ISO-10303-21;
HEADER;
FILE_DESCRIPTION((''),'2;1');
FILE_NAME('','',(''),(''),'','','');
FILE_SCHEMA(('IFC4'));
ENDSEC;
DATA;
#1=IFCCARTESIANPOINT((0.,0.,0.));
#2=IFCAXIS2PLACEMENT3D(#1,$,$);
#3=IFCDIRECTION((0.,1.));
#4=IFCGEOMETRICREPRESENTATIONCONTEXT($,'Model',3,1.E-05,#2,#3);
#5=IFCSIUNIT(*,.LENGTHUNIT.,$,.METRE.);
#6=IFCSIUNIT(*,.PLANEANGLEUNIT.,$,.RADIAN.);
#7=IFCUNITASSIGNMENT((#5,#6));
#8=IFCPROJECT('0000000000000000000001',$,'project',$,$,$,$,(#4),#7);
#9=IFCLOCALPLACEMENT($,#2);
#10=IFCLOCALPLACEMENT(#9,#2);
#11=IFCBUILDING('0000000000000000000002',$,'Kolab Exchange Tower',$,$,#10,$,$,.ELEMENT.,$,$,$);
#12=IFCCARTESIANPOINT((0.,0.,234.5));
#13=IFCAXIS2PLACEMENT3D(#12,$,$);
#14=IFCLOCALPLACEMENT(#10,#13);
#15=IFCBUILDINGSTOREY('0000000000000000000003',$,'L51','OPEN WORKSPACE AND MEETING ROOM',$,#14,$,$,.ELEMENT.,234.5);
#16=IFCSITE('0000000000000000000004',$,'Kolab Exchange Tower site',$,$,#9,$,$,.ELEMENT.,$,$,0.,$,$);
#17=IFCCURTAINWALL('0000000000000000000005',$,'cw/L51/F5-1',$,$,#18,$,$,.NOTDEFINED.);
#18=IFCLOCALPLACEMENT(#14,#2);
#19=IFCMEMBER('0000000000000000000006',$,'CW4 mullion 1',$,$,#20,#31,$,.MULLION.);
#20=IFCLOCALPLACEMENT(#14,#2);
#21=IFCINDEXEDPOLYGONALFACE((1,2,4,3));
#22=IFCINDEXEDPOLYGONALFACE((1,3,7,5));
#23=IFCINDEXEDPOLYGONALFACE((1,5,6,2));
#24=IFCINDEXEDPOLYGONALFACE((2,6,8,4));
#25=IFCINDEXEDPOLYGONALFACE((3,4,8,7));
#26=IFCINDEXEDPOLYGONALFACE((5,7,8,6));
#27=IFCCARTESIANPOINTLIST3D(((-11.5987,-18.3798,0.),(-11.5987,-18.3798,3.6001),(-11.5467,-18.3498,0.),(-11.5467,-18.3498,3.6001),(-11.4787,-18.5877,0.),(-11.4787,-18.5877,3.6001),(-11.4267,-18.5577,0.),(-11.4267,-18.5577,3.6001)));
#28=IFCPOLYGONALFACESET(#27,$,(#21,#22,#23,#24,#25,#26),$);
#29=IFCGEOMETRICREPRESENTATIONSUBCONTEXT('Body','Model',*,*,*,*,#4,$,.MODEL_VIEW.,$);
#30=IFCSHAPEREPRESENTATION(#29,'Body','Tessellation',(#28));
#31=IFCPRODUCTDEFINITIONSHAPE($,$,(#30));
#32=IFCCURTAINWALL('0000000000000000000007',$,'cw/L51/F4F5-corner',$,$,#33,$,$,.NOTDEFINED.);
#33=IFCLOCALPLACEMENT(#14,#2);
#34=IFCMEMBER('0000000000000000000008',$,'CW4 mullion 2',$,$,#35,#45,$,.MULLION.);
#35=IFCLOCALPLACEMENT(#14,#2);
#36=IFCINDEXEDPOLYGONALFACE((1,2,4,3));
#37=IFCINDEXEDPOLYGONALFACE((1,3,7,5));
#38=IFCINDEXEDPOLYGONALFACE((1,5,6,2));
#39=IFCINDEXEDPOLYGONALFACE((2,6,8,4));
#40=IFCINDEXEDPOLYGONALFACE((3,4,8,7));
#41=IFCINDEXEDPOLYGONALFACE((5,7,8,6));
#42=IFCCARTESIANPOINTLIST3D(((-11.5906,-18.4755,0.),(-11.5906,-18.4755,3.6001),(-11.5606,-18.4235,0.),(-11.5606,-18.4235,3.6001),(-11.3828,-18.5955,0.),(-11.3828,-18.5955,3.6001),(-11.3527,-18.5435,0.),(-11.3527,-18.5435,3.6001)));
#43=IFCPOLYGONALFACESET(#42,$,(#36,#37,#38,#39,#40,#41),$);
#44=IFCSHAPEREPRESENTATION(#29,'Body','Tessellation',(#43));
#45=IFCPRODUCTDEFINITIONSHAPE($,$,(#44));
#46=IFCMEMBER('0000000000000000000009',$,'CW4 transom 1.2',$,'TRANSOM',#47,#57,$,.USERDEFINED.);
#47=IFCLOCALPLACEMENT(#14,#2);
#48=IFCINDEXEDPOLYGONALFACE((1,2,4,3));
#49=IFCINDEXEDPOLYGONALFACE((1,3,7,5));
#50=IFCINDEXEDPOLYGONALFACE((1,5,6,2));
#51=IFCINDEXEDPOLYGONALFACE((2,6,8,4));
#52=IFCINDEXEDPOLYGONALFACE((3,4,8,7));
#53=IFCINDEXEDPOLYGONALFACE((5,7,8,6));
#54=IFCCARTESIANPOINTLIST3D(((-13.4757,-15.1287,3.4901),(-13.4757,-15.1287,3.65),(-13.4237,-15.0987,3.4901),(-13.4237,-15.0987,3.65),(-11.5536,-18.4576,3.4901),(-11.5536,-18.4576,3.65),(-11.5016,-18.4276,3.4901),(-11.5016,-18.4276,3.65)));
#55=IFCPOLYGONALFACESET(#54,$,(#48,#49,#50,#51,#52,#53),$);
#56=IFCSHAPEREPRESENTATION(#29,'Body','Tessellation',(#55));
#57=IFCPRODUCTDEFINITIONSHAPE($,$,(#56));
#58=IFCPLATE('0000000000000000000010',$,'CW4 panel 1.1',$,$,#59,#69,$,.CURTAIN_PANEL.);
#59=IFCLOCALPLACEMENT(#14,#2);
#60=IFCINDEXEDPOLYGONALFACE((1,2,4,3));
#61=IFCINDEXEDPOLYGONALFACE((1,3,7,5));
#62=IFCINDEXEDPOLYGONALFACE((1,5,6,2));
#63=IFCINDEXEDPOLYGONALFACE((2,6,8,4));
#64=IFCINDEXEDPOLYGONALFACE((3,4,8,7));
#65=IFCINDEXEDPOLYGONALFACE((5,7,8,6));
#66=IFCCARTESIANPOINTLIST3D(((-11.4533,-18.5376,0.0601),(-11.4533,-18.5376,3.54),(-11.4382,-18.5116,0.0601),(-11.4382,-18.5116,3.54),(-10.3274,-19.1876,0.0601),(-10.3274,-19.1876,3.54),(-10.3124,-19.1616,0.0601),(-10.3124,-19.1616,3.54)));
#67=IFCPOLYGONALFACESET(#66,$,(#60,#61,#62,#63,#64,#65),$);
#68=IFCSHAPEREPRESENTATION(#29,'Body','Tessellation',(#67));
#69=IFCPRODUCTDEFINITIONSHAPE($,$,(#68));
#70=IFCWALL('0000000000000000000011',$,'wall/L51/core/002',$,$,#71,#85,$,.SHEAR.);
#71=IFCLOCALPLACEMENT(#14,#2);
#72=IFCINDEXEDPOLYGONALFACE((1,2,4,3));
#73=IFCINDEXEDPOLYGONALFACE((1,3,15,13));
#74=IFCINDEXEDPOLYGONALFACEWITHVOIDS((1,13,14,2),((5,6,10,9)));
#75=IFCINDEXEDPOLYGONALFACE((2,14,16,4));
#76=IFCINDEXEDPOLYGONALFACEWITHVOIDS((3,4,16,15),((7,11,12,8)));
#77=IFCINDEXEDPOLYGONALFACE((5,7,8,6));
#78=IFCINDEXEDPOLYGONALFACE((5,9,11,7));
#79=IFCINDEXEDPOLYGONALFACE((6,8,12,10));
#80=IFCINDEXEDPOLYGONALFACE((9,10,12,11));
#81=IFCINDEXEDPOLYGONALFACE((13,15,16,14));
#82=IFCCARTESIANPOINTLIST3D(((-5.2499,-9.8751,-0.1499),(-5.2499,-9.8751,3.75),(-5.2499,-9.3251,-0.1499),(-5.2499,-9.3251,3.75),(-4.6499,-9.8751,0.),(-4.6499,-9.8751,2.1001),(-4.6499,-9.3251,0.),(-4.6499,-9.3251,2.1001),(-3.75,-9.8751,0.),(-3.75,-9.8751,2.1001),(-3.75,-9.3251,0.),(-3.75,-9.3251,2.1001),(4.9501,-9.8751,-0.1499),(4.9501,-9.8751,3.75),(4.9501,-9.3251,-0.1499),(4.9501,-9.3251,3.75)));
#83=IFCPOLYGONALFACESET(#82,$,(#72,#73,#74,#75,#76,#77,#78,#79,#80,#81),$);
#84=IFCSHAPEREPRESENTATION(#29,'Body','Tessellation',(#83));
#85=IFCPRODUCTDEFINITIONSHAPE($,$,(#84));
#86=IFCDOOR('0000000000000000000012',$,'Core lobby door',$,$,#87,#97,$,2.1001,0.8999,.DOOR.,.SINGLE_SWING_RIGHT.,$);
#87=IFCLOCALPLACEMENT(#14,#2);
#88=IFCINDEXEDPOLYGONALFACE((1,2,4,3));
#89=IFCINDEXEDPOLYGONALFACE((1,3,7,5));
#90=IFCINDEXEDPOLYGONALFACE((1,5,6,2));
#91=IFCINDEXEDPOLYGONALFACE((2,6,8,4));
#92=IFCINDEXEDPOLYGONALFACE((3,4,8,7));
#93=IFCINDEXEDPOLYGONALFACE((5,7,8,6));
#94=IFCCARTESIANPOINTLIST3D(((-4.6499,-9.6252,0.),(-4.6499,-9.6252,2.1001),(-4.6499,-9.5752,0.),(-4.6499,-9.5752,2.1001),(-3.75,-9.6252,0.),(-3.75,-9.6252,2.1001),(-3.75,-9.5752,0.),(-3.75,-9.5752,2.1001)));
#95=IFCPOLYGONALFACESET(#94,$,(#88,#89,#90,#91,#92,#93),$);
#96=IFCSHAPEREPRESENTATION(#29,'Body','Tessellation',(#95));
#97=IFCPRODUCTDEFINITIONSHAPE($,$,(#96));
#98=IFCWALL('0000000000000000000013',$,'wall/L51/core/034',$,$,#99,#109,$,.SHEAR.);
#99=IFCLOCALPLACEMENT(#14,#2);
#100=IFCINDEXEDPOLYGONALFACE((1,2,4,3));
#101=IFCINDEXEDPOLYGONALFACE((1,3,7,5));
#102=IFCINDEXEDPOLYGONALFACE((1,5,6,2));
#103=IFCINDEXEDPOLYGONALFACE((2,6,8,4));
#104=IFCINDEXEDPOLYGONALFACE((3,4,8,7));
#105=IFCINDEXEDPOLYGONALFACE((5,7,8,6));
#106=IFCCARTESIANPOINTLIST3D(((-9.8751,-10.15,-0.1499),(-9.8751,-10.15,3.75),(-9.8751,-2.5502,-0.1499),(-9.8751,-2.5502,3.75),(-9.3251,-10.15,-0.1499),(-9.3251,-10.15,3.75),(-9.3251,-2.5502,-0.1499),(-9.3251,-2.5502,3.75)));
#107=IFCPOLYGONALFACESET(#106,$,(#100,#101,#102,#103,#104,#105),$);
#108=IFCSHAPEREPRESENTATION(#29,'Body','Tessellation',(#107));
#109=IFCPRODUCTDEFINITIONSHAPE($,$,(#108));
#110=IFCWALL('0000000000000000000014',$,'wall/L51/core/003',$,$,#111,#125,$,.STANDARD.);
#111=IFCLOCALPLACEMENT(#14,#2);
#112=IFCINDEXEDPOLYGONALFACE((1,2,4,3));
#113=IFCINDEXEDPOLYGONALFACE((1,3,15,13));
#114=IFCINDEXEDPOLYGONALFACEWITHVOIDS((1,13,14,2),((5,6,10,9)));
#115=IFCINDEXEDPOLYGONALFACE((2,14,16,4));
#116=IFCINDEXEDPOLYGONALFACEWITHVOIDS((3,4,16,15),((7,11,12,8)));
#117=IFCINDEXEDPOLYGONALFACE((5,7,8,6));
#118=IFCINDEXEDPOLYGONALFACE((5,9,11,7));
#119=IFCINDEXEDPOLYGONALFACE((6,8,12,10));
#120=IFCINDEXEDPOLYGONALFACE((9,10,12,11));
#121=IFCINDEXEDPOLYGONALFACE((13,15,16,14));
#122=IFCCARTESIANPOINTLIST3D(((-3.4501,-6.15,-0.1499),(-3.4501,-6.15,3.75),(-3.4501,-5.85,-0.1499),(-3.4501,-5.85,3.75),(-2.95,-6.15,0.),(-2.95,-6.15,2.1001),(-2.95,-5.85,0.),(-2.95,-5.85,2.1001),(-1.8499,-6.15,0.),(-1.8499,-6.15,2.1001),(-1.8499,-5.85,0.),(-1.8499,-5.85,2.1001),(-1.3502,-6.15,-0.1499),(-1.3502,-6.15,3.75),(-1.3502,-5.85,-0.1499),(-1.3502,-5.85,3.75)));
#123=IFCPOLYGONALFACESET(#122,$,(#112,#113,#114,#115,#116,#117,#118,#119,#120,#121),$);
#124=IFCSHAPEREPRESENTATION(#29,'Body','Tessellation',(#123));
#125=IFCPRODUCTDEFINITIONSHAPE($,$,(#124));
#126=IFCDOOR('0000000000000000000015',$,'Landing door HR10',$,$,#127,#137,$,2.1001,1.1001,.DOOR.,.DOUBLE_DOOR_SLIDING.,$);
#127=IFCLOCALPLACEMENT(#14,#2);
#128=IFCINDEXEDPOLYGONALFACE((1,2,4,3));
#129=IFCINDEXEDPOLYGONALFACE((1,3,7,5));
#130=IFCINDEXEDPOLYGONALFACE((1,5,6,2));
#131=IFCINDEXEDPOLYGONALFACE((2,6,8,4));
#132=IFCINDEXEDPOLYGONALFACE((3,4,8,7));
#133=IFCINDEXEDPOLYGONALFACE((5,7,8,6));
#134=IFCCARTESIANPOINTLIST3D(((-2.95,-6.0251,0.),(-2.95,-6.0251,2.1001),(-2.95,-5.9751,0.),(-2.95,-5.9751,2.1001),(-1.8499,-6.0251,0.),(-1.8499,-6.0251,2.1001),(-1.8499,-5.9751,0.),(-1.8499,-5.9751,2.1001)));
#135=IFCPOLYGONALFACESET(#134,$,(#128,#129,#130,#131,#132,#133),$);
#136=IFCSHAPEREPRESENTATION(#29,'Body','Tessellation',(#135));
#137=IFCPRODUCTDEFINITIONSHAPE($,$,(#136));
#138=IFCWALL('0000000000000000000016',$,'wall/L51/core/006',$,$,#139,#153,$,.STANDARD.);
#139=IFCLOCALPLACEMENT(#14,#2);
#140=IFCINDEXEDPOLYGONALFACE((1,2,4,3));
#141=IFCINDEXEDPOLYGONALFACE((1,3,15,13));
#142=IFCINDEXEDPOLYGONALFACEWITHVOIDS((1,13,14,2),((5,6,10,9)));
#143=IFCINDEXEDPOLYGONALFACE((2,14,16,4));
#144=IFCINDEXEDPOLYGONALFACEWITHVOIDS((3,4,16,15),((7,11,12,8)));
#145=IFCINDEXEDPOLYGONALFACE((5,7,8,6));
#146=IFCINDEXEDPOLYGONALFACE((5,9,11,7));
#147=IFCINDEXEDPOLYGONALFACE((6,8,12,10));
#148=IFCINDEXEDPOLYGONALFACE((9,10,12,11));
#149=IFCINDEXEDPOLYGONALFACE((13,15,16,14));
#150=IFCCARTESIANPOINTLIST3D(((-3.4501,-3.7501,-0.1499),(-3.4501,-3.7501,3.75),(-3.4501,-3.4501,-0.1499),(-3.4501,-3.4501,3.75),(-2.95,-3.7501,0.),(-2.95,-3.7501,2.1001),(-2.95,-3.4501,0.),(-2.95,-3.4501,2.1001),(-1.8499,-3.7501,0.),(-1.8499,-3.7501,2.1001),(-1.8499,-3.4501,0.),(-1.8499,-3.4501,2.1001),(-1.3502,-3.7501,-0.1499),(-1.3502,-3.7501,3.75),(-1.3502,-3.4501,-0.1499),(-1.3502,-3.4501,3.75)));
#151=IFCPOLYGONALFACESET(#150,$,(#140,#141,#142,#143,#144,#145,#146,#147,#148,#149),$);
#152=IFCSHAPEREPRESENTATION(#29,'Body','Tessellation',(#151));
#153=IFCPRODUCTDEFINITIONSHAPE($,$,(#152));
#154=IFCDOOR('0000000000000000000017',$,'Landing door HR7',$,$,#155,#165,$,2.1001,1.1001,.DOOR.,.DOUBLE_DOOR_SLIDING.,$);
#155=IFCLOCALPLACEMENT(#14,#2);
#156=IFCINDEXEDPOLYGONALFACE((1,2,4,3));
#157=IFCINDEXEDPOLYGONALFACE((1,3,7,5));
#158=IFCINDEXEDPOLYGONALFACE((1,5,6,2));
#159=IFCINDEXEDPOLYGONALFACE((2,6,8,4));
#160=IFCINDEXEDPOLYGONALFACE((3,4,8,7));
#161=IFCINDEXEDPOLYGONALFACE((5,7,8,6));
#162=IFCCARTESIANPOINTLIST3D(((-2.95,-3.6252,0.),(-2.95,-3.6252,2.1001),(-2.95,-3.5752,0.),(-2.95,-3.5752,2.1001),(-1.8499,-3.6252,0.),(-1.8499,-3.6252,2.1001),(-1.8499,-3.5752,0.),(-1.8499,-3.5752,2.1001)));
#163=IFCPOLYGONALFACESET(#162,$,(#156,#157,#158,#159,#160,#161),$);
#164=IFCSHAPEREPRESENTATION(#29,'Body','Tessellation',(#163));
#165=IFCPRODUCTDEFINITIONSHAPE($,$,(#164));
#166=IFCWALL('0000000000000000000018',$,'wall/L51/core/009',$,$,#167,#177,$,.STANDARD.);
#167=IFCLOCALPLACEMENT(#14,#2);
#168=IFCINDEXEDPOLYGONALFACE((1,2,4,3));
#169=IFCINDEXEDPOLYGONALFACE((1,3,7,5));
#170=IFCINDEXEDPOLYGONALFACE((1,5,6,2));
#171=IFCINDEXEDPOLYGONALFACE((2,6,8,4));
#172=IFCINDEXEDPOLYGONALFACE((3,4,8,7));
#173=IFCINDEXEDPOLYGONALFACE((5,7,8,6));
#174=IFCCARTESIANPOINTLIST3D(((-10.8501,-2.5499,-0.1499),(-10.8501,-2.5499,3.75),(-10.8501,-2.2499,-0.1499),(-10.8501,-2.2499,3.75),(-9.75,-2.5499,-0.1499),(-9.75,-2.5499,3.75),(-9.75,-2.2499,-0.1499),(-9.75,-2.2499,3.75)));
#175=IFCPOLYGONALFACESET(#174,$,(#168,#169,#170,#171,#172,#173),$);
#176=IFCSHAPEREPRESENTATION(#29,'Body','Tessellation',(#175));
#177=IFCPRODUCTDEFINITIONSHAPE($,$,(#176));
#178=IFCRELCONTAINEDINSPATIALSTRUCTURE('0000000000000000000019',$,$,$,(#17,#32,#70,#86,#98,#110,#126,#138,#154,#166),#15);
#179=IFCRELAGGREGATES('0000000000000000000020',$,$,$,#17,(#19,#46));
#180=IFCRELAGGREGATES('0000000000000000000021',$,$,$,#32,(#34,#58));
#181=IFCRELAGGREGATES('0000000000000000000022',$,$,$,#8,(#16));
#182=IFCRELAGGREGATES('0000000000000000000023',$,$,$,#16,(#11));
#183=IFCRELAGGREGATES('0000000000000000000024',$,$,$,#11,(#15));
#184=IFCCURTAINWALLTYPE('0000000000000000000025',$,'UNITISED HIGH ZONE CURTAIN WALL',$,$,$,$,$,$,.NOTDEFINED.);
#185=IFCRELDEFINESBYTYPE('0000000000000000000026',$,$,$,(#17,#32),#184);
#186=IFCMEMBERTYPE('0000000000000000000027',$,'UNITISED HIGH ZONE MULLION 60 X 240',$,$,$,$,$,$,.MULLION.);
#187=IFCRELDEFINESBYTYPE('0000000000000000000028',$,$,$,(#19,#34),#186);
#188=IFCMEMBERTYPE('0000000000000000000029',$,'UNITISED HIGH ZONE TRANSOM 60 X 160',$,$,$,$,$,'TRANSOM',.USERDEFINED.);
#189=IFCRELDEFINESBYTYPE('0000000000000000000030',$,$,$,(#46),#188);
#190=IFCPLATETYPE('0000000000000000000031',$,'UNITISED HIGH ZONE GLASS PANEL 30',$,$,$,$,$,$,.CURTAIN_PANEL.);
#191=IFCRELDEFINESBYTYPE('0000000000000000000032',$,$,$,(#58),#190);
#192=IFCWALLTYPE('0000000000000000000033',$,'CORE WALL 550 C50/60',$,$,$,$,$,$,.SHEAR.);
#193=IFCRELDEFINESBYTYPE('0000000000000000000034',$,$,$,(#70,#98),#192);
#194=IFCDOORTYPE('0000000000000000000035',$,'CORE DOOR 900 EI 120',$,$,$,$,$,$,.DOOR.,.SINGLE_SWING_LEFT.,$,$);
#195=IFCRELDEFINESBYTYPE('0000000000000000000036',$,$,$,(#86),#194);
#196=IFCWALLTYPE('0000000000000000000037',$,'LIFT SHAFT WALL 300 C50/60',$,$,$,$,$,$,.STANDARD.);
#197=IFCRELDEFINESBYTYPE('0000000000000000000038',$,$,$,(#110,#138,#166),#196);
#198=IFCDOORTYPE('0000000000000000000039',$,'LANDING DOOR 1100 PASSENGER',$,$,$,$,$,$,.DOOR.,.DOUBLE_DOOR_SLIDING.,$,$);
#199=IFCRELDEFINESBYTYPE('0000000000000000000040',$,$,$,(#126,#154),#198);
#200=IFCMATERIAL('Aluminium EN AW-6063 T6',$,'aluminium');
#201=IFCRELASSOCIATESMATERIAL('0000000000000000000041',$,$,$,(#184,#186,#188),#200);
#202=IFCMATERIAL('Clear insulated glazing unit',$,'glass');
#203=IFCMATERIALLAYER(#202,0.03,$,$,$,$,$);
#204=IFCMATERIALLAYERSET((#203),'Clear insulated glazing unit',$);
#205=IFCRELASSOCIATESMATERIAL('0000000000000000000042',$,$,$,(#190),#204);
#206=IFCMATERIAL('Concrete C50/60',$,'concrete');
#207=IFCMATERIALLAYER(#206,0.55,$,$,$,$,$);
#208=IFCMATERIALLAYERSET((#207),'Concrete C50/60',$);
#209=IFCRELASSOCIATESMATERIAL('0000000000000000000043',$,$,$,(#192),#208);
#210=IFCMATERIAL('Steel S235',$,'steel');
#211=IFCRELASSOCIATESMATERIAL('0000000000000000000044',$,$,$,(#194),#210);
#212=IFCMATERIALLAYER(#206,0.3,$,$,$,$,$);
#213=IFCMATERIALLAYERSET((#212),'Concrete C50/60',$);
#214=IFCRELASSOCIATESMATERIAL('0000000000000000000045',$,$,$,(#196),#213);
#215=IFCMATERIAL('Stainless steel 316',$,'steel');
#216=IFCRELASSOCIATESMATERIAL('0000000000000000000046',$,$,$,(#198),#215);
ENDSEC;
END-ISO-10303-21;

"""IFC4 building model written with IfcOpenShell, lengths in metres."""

from ifc_helpers import new_model, si_unit, direction, frame, frame_2d, origin, origin_2d, place, context, subcontext, project, spatial, rectangle, extrude, material, layer, layer_set, material_profile, profile_set, type_object, element, fill, aggregate, save


model = new_model("IFC4")

# Units and contexts
model_context = context("Model", 3, precision=1e-05, world=origin(), true_north=direction((0.0, 1.0)))
body_context = subcontext(model_context, "Body", "Model", "MODEL_VIEW")
ifc_project = project(units=[si_unit("LENGTHUNIT", "METRE"), si_unit("PLANEANGLEUNIT", "RADIAN")], contexts=[model_context])

# Site, building, storey
site_placement = place(None, origin())
site = spatial("IfcSite", under=ifc_project, at=site_placement, Name="Kolab Exchange Tower site", CompositionType="ELEMENT", RefElevation=0.0)
building_placement = place(site_placement, origin())
building = spatial("IfcBuilding", under=site, at=building_placement, Name="Kolab Exchange Tower", CompositionType="ELEMENT")
storey_placement = place(building_placement, frame((0.0, 0.0, 234.5)))
storey = spatial("IfcBuildingStorey", under=building, at=storey_placement, Name="L51", Description="OPEN WORKSPACE AND MEETING ROOM", CompositionType="ELEMENT", Elevation=234.5)

# Curtain walls, members
ifc_material_1 = material(Name="Aluminium EN AW-6063 T6", Category="aluminium")
curtain_wall_type = type_object("IfcCurtainWallType", Name="UNITISED HIGH ZONE CURTAIN WALL", PredefinedType="NOTDEFINED", material=ifc_material_1)
curtain_wall_1_placement = place(storey_placement, origin())
curtain_wall_1 = element("IfcCurtainWall", 1, at=curtain_wall_1_placement, inside=storey, type_object=curtain_wall_type, Name="cw/L51/F5-1", PredefinedType="NOTDEFINED")
ifc_material_profile_1 = material_profile(ifc_material_1, rectangle(XDim=0.0601, YDim=0.24, at=origin_2d()), Name="RECT 60X240")
ifc_profile_set_1 = profile_set([ifc_material_profile_1], Name="Aluminium EN AW-6063 T6")
member_type_1 = type_object("IfcMemberType", Name="UNITISED HIGH ZONE MULLION 60 X 240", PredefinedType="MULLION", material=ifc_profile_set_1)
member_1_placement = place(storey_placement, frame((-11.5127, -18.4688, 0.0), z_axis=(0.0, 0.0, 1.0), x_axis=(-0.866025, -0.5, 0.0)))
member_1 = element("IfcMember", 2, at=member_1_placement, type_object=member_type_1, Name="CW4 mullion 1", PredefinedType="MULLION", context=body_context, shape_type="SweptSolid", body=[
    extrude(rectangle(XDim=0.0601, YDim=0.24, at=origin_2d()), origin(), (0.0, 0.0, 1.0), 3.6001),
])
curtain_wall_2_placement = place(storey_placement, origin())
curtain_wall_2 = element("IfcCurtainWall", 3, at=curtain_wall_2_placement, inside=storey, type_object=curtain_wall_type, Name="cw/L51/F4F5-corner", PredefinedType="NOTDEFINED")
member_2_placement = place(storey_placement, frame((-11.4717, -18.5095, 0.0), z_axis=(0.0, 0.0, 1.0), x_axis=(-0.5, -0.866025, 0.0)))
member_2 = element("IfcMember", 4, at=member_2_placement, type_object=member_type_1, Name="CW4 mullion 2", PredefinedType="MULLION", context=body_context, shape_type="SweptSolid", body=[
    extrude(rectangle(XDim=0.0601, YDim=0.24, at=origin_2d()), origin(), (0.0, 0.0, 1.0), 3.6001),
])

# Member
ifc_material_profile_2 = material_profile(ifc_material_1, rectangle(XDim=0.0601, YDim=0.1599, at=origin_2d()), Name="RECT 60X160")
ifc_profile_set_2 = profile_set([ifc_material_profile_2], Name="Aluminium EN AW-6063 T6")
member_type_2 = type_object("IfcMemberType", Name="UNITISED HIGH ZONE TRANSOM 60 X 160", ElementType="TRANSOM", PredefinedType="USERDEFINED", material=ifc_profile_set_2)
member_3_placement = place(storey_placement, frame((-11.5276, -18.4426, 3.5701), z_axis=(-0.500039, 0.866003, 0.0), x_axis=(-0.866003, -0.500039, 0.0)))
member_3 = element("IfcMember", 5, at=member_3_placement, type_object=member_type_2, Name="CW4 transom 1.2", ObjectType="TRANSOM", PredefinedType="USERDEFINED", context=body_context, shape_type="SweptSolid", body=[
    extrude(rectangle(XDim=0.0601, YDim=0.1599, at=origin_2d()), origin(), (0.0, 0.0, 1.0), 3.844),
])
aggregate(curtain_wall_1, [member_1, member_3])

# Plate
ifc_material_2 = material(Name="Clear insulated glazing unit", Category="glass")
ifc_layer_1 = layer(ifc_material_2, 0.03)
ifc_layer_set_1 = layer_set([ifc_layer_1], Name="Clear insulated glazing unit")
plate_type = type_object("IfcPlateType", Name="UNITISED HIGH ZONE GLASS PANEL 30", PredefinedType="CURTAIN_PANEL", material=ifc_layer_set_1)
plate_placement = place(storey_placement, frame((-10.8828, -18.8496, 0.0601), z_axis=(0.0, 0.0, 1.0), x_axis=(-0.866025, 0.5, 0.0)))
plate = element("IfcPlate", 6, at=plate_placement, type_object=plate_type, Name="CW4 panel 1.1", PredefinedType="CURTAIN_PANEL", context=body_context, shape_type="SweptSolid", body=[
    extrude(rectangle(XDim=1.3, YDim=0.03, at=origin_2d()), origin(), (0.0, 0.0, 1.0), 3.48),
])
aggregate(curtain_wall_2, [member_2, plate])

# Wall, opening, door
ifc_material_3 = material(Name="Concrete C50/60", Category="concrete")
ifc_layer_2 = layer(ifc_material_3, 0.55)
ifc_layer_set_2 = layer_set([ifc_layer_2], Name="Concrete C50/60")
wall_type_1 = type_object("IfcWallType", Name="CORE WALL 550 C50/60", PredefinedType="SHEAR", material=ifc_layer_set_2)
wall_1_placement = place(storey_placement, frame((-5.25, -9.6001, -0.1499), z_axis=(0.0, 0.0, 1.0), x_axis=(1.0, 0.0, 0.0)))
wall_1 = element("IfcWall", 7, at=wall_1_placement, inside=storey, type_object=wall_type_1, Name="wall/L51/core/002", PredefinedType="SHEAR", context=body_context, shape_type="SweptSolid", body=[
    extrude(rectangle(XDim=10.2, YDim=0.55, at=frame_2d((5.1001, 0.0))), origin(), (0.0, 0.0, 1.0), 3.8999),
])
opening_1_placement = place(wall_1_placement, frame((0.6001, 0.0, 0.1499)))
opening_1 = element("IfcOpeningElement", 8, at=opening_1_placement, cuts=wall_1, PredefinedType="OPENING", context=body_context, shape_type="SweptSolid", body=[
    extrude(rectangle(XDim=0.8999, YDim=2.1001, at=frame_2d((0.45, 1.05))), frame((0.0, 0.2852, 0.0), z_axis=(0.0, -1.0, 0.0), x_axis=(1.0, 0.0, 0.0)), (0.0, 0.0, 1.0), 0.5701),
])
ifc_material_4 = material(Name="Steel S235", Category="steel")
door_type_1 = type_object("IfcDoorType", Name="CORE DOOR 900 EI 120", OperationType="SINGLE_SWING_LEFT", PredefinedType="DOOR", material=ifc_material_4)
door_1_placement = place(opening_1_placement, origin())
door_1 = element("IfcDoor", 9, at=door_1_placement, inside=storey, type_object=door_type_1, Name="Core lobby door", OperationType="SINGLE_SWING_RIGHT", OverallHeight=2.1001, OverallWidth=0.8999, PredefinedType="DOOR", context=body_context, shape_type="SweptSolid", body=[
    extrude(rectangle(XDim=0.8999, YDim=2.1001, at=frame_2d((0.45, 1.05))), frame((0.0, 0.0249, 0.0), z_axis=(0.0, -1.0, 0.0), x_axis=(1.0, 0.0, 0.0)), (0.0, 0.0, 1.0), 0.05),
])
fill(opening_1, door_1)

# Wall
wall_2_placement = place(storey_placement, frame((-9.6001, -10.1499, -0.1499), z_axis=(0.0, 0.0, 1.0), x_axis=(0.0, 1.0, 0.0)))
element("IfcWall", 10, at=wall_2_placement, inside=storey, type_object=wall_type_1, Name="wall/L51/core/034", PredefinedType="SHEAR", context=body_context, shape_type="SweptSolid", body=[
    extrude(rectangle(XDim=7.5999, YDim=0.55, at=frame_2d((3.7998, 0.0))), origin(), (0.0, 0.0, 1.0), 3.8999),
])

# Walls, openings, doors
ifc_layer_3 = layer(ifc_material_3, 0.3)
ifc_layer_set_3 = layer_set([ifc_layer_3], Name="Concrete C50/60")
wall_type_2 = type_object("IfcWallType", Name="LIFT SHAFT WALL 300 C50/60", PredefinedType="STANDARD", material=ifc_layer_set_3)
wall_3_placement = place(storey_placement, frame((-3.45, -6.0, -0.1499), z_axis=(0.0, 0.0, 1.0), x_axis=(1.0, 0.0, 0.0)))
wall_3 = element("IfcWall", 11, at=wall_3_placement, inside=storey, type_object=wall_type_2, Name="wall/L51/core/003", PredefinedType="STANDARD", context=body_context, shape_type="SweptSolid", body=[
    extrude(rectangle(XDim=2.0999, YDim=0.3, at=frame_2d((1.0498, 0.0))), origin(), (0.0, 0.0, 1.0), 3.8999),
])
opening_2_placement = place(wall_3_placement, frame((0.5, 0.0, 0.1499)))
opening_2 = element("IfcOpeningElement", 12, at=opening_2_placement, cuts=wall_3, PredefinedType="OPENING", context=body_context, shape_type="SweptSolid", body=[
    extrude(rectangle(XDim=1.1001, YDim=2.1001, at=frame_2d((0.55, 1.05))), frame((0.0, 0.1602, 0.0), z_axis=(0.0, -1.0, 0.0), x_axis=(1.0, 0.0, 0.0)), (0.0, 0.0, 1.0), 0.3201),
])
ifc_material_5 = material(Name="Stainless steel 316", Category="steel")
door_type_2 = type_object("IfcDoorType", Name="LANDING DOOR 1100 PASSENGER", OperationType="DOUBLE_DOOR_SLIDING", PredefinedType="DOOR", material=ifc_material_5)
door_2_placement = place(opening_2_placement, origin())
door_2 = element("IfcDoor", 13, at=door_2_placement, inside=storey, type_object=door_type_2, Name="Landing door HR10", OperationType="DOUBLE_DOOR_SLIDING", OverallHeight=2.1001, OverallWidth=1.1001, PredefinedType="DOOR", context=body_context, shape_type="SweptSolid", body=[
    extrude(rectangle(XDim=1.1001, YDim=2.1001, at=frame_2d((0.55, 1.05))), frame((0.0, 0.0249, 0.0), z_axis=(0.0, -1.0, 0.0), x_axis=(1.0, 0.0, 0.0)), (0.0, 0.0, 1.0), 0.05),
])
fill(opening_2, door_2)
wall_4_placement = place(storey_placement, frame((-3.45, -3.6001, -0.1499), z_axis=(0.0, 0.0, 1.0), x_axis=(1.0, 0.0, 0.0)))
wall_4 = element("IfcWall", 14, at=wall_4_placement, inside=storey, type_object=wall_type_2, Name="wall/L51/core/006", PredefinedType="STANDARD", context=body_context, shape_type="SweptSolid", body=[
    extrude(rectangle(XDim=2.0999, YDim=0.3, at=frame_2d((1.0498, 0.0))), origin(), (0.0, 0.0, 1.0), 3.8999),
])
opening_3_placement = place(wall_4_placement, frame((0.5, 0.0, 0.1499)))
opening_3 = element("IfcOpeningElement", 15, at=opening_3_placement, cuts=wall_4, PredefinedType="OPENING", context=body_context, shape_type="SweptSolid", body=[
    extrude(rectangle(XDim=1.1001, YDim=2.1001, at=frame_2d((0.55, 1.05))), frame((0.0, 0.1602, 0.0), z_axis=(0.0, -1.0, 0.0), x_axis=(1.0, 0.0, 0.0)), (0.0, 0.0, 1.0), 0.3201),
])
door_3_placement = place(opening_3_placement, origin())
door_3 = element("IfcDoor", 16, at=door_3_placement, inside=storey, type_object=door_type_2, Name="Landing door HR7", OperationType="DOUBLE_DOOR_SLIDING", OverallHeight=2.1001, OverallWidth=1.1001, PredefinedType="DOOR", context=body_context, shape_type="SweptSolid", body=[
    extrude(rectangle(XDim=1.1001, YDim=2.1001, at=frame_2d((0.55, 1.05))), frame((0.0, 0.0249, 0.0), z_axis=(0.0, -1.0, 0.0), x_axis=(1.0, 0.0, 0.0)), (0.0, 0.0, 1.0), 0.05),
])
fill(opening_3, door_3)

# Wall
wall_5_placement = place(storey_placement, frame((-10.8501, -2.3999, -0.1499), z_axis=(0.0, 0.0, 1.0), x_axis=(1.0, 0.0, 0.0)))
element("IfcWall", 17, at=wall_5_placement, inside=storey, type_object=wall_type_2, Name="wall/L51/core/009", PredefinedType="STANDARD", context=body_context, shape_type="SweptSolid", body=[
    extrude(rectangle(XDim=1.1001, YDim=0.3, at=frame_2d((0.55, 0.0))), origin(), (0.0, 0.0, 1.0), 3.8999),
])

save(model, "model.ifc")
